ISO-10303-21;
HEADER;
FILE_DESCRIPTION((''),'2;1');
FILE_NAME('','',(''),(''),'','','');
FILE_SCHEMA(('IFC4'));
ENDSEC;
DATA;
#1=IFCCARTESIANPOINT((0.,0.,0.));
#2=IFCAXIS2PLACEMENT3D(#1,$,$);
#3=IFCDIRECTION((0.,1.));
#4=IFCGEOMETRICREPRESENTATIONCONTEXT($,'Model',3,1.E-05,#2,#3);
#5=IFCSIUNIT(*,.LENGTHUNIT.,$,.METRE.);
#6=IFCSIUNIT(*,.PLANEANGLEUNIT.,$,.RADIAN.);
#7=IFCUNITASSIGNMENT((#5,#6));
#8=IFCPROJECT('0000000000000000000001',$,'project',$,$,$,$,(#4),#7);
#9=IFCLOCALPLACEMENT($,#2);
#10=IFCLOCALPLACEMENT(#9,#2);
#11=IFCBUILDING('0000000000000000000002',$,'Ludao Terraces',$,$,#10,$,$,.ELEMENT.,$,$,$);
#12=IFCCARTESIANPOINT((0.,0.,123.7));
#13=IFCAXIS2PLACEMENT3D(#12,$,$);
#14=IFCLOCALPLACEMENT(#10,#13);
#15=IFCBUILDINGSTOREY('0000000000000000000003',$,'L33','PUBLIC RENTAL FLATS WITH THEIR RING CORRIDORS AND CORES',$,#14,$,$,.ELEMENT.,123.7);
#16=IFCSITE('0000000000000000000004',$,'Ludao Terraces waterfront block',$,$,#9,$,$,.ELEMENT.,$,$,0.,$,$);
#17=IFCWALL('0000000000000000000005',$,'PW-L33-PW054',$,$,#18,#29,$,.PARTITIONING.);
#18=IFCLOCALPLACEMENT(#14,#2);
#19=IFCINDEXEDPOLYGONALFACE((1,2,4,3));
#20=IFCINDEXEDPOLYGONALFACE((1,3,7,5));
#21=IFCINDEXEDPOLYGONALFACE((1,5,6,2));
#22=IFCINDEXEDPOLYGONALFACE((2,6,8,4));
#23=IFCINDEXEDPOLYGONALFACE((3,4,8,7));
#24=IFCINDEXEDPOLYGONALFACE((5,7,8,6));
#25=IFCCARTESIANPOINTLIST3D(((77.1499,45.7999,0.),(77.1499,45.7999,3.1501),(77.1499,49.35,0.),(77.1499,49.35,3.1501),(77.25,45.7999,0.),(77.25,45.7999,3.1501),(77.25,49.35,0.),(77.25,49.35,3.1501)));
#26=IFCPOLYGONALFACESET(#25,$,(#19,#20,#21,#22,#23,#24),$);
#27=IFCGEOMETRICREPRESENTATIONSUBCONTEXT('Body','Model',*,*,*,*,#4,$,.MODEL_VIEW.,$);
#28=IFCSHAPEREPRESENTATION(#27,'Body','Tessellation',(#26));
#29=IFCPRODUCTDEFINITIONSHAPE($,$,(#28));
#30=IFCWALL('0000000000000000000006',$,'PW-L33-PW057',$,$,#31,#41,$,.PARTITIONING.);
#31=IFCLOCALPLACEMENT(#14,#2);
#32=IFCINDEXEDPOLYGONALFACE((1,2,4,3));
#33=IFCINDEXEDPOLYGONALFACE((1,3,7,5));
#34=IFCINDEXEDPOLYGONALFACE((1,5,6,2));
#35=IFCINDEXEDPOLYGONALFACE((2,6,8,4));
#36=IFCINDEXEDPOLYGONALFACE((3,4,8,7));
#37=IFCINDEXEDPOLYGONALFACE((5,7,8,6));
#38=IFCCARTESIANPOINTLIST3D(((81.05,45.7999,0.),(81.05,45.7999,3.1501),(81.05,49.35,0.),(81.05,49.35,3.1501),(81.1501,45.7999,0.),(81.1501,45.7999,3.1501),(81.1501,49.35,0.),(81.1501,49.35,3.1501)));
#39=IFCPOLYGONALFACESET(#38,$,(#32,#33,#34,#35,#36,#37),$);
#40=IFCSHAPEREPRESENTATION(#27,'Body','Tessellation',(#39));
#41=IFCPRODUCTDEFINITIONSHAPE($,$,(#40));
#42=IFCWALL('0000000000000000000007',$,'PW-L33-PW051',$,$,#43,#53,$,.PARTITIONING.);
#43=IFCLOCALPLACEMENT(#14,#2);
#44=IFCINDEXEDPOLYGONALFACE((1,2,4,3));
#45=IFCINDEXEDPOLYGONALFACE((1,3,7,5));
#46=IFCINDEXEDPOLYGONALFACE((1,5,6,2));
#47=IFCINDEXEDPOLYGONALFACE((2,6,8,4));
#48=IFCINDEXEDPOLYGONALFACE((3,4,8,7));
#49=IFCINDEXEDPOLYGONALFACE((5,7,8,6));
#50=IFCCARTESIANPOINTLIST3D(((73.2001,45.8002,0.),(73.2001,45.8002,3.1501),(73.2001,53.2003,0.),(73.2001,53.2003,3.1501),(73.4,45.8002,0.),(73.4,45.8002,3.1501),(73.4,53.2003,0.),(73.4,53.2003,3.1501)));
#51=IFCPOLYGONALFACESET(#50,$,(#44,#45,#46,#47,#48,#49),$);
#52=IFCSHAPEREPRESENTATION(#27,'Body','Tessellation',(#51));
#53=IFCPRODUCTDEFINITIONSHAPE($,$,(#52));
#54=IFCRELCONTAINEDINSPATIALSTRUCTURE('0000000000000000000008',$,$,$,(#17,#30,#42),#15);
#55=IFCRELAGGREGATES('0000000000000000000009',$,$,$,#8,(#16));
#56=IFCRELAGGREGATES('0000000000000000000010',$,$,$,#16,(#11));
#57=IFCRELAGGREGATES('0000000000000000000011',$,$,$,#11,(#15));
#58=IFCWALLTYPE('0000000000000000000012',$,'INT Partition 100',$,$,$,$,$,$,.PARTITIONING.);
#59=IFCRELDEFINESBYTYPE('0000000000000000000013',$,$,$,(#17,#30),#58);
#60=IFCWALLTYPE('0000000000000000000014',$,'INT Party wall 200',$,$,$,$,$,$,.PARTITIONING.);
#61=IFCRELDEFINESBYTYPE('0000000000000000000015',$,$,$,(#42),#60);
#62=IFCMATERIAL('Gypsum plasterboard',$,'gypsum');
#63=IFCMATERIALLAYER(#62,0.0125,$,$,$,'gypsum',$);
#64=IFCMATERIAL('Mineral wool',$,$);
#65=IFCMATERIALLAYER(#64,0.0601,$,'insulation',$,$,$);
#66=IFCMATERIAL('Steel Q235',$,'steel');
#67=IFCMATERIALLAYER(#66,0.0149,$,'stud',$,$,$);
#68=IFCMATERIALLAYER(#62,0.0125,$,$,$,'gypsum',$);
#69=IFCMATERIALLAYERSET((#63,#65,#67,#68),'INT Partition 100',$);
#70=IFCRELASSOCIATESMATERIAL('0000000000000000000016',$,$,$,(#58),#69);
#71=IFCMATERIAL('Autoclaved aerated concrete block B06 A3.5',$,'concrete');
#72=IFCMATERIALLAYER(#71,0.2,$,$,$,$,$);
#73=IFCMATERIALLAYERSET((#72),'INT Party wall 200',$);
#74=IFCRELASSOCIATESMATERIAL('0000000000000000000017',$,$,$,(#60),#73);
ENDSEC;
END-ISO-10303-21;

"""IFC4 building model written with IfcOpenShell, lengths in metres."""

from ifc_helpers import new_model, si_unit, direction, frame, frame_2d, origin, place, context, subcontext, project, spatial, rectangle, extrude, material, layer, layer_set, type_object, element, save


model = new_model("IFC4")

# Units and contexts
model_context = context("Model", 3, precision=1e-05, world=origin(), true_north=direction((0.0, 1.0)))
body_context = subcontext(model_context, "Body", "Model", "MODEL_VIEW")
ifc_project = project(units=[si_unit("LENGTHUNIT", "METRE"), si_unit("PLANEANGLEUNIT", "RADIAN")], contexts=[model_context])

# Site, building, storey
site_placement = place(None, origin())
site = spatial("IfcSite", under=ifc_project, at=site_placement, Name="Ludao Terraces waterfront block", CompositionType="ELEMENT", RefElevation=0.0)
building_placement = place(site_placement, origin())
building = spatial("IfcBuilding", under=site, at=building_placement, Name="Ludao Terraces", CompositionType="ELEMENT")
storey_placement = place(building_placement, frame((0.0, 0.0, 123.7)))
storey = spatial("IfcBuildingStorey", under=building, at=storey_placement, Name="L33", Description="PUBLIC RENTAL FLATS WITH THEIR RING CORRIDORS AND CORES", CompositionType="ELEMENT", Elevation=123.7)

# Shared definitions
ifc_material_1 = material(Name="Mineral wool")

# Walls
ifc_material_2 = material(Name="Gypsum plasterboard", Category="gypsum")
ifc_layer_1 = layer(ifc_material_2, 0.0125, Category="gypsum")
ifc_layer_2 = layer(ifc_material_1, 0.0601, Name="insulation")
ifc_material_3 = material(Name="Steel Q235", Category="steel")
ifc_layer_3 = layer(ifc_material_3, 0.0149, Name="stud")
ifc_layer_4 = layer(ifc_material_2, 0.0125, Category="gypsum")
ifc_layer_set_1 = layer_set([ifc_layer_1, ifc_layer_2, ifc_layer_3, ifc_layer_4], Name="INT Partition 100")
wall_type_1 = type_object("IfcWallType", Name="INT Partition 100", PredefinedType="PARTITIONING", material=ifc_layer_set_1)
for number, where, z_axis, x_axis, name in (
    (1, (77.2, 45.8, 0.0), (0.0, 0.0, 1.0), (0.0, 1.0, 0.0), "PW-L33-PW054"),
    (2, (81.1001, 45.8, 0.0), (0.0, 0.0, 1.0), (0.0, 1.0, 0.0), "PW-L33-PW057"),
):
    element("IfcWall", number, at=place(storey_placement, frame(where, z_axis=z_axis, x_axis=x_axis)), inside=storey, type_object=wall_type_1, Name=name, PredefinedType="PARTITIONING", context=body_context, shape_type="SweptSolid", body=[
        extrude(rectangle(XDim=3.55, YDim=0.1001, at=frame_2d((1.7749, 0.0))), origin(), (0.0, 0.0, 1.0), 3.1501),
    ])
ifc_material_4 = material(Name="Autoclaved aerated concrete block B06 A3.5", Category="concrete")
ifc_layer_5 = layer(ifc_material_4, 0.2)
ifc_layer_set_2 = layer_set([ifc_layer_5], Name="INT Party wall 200")
wall_type_2 = type_object("IfcWallType", Name="INT Party wall 200", PredefinedType="PARTITIONING", material=ifc_layer_set_2)
wall_1_placement = place(storey_placement, frame((73.3, 45.8, 0.0), z_axis=(0.0, 0.0, 1.0), x_axis=(0.0, 1.0, 0.0)))
element("IfcWall", 3, at=wall_1_placement, inside=storey, type_object=wall_type_2, Name="PW-L33-PW051", PredefinedType="PARTITIONING", context=body_context, shape_type="SweptSolid", body=[
    extrude(rectangle(XDim=7.4001, YDim=0.2, at=frame_2d((3.7002, 0.0))), origin(), (0.0, 0.0, 1.0), 3.1501),
])

save(model, "model.ifc")
